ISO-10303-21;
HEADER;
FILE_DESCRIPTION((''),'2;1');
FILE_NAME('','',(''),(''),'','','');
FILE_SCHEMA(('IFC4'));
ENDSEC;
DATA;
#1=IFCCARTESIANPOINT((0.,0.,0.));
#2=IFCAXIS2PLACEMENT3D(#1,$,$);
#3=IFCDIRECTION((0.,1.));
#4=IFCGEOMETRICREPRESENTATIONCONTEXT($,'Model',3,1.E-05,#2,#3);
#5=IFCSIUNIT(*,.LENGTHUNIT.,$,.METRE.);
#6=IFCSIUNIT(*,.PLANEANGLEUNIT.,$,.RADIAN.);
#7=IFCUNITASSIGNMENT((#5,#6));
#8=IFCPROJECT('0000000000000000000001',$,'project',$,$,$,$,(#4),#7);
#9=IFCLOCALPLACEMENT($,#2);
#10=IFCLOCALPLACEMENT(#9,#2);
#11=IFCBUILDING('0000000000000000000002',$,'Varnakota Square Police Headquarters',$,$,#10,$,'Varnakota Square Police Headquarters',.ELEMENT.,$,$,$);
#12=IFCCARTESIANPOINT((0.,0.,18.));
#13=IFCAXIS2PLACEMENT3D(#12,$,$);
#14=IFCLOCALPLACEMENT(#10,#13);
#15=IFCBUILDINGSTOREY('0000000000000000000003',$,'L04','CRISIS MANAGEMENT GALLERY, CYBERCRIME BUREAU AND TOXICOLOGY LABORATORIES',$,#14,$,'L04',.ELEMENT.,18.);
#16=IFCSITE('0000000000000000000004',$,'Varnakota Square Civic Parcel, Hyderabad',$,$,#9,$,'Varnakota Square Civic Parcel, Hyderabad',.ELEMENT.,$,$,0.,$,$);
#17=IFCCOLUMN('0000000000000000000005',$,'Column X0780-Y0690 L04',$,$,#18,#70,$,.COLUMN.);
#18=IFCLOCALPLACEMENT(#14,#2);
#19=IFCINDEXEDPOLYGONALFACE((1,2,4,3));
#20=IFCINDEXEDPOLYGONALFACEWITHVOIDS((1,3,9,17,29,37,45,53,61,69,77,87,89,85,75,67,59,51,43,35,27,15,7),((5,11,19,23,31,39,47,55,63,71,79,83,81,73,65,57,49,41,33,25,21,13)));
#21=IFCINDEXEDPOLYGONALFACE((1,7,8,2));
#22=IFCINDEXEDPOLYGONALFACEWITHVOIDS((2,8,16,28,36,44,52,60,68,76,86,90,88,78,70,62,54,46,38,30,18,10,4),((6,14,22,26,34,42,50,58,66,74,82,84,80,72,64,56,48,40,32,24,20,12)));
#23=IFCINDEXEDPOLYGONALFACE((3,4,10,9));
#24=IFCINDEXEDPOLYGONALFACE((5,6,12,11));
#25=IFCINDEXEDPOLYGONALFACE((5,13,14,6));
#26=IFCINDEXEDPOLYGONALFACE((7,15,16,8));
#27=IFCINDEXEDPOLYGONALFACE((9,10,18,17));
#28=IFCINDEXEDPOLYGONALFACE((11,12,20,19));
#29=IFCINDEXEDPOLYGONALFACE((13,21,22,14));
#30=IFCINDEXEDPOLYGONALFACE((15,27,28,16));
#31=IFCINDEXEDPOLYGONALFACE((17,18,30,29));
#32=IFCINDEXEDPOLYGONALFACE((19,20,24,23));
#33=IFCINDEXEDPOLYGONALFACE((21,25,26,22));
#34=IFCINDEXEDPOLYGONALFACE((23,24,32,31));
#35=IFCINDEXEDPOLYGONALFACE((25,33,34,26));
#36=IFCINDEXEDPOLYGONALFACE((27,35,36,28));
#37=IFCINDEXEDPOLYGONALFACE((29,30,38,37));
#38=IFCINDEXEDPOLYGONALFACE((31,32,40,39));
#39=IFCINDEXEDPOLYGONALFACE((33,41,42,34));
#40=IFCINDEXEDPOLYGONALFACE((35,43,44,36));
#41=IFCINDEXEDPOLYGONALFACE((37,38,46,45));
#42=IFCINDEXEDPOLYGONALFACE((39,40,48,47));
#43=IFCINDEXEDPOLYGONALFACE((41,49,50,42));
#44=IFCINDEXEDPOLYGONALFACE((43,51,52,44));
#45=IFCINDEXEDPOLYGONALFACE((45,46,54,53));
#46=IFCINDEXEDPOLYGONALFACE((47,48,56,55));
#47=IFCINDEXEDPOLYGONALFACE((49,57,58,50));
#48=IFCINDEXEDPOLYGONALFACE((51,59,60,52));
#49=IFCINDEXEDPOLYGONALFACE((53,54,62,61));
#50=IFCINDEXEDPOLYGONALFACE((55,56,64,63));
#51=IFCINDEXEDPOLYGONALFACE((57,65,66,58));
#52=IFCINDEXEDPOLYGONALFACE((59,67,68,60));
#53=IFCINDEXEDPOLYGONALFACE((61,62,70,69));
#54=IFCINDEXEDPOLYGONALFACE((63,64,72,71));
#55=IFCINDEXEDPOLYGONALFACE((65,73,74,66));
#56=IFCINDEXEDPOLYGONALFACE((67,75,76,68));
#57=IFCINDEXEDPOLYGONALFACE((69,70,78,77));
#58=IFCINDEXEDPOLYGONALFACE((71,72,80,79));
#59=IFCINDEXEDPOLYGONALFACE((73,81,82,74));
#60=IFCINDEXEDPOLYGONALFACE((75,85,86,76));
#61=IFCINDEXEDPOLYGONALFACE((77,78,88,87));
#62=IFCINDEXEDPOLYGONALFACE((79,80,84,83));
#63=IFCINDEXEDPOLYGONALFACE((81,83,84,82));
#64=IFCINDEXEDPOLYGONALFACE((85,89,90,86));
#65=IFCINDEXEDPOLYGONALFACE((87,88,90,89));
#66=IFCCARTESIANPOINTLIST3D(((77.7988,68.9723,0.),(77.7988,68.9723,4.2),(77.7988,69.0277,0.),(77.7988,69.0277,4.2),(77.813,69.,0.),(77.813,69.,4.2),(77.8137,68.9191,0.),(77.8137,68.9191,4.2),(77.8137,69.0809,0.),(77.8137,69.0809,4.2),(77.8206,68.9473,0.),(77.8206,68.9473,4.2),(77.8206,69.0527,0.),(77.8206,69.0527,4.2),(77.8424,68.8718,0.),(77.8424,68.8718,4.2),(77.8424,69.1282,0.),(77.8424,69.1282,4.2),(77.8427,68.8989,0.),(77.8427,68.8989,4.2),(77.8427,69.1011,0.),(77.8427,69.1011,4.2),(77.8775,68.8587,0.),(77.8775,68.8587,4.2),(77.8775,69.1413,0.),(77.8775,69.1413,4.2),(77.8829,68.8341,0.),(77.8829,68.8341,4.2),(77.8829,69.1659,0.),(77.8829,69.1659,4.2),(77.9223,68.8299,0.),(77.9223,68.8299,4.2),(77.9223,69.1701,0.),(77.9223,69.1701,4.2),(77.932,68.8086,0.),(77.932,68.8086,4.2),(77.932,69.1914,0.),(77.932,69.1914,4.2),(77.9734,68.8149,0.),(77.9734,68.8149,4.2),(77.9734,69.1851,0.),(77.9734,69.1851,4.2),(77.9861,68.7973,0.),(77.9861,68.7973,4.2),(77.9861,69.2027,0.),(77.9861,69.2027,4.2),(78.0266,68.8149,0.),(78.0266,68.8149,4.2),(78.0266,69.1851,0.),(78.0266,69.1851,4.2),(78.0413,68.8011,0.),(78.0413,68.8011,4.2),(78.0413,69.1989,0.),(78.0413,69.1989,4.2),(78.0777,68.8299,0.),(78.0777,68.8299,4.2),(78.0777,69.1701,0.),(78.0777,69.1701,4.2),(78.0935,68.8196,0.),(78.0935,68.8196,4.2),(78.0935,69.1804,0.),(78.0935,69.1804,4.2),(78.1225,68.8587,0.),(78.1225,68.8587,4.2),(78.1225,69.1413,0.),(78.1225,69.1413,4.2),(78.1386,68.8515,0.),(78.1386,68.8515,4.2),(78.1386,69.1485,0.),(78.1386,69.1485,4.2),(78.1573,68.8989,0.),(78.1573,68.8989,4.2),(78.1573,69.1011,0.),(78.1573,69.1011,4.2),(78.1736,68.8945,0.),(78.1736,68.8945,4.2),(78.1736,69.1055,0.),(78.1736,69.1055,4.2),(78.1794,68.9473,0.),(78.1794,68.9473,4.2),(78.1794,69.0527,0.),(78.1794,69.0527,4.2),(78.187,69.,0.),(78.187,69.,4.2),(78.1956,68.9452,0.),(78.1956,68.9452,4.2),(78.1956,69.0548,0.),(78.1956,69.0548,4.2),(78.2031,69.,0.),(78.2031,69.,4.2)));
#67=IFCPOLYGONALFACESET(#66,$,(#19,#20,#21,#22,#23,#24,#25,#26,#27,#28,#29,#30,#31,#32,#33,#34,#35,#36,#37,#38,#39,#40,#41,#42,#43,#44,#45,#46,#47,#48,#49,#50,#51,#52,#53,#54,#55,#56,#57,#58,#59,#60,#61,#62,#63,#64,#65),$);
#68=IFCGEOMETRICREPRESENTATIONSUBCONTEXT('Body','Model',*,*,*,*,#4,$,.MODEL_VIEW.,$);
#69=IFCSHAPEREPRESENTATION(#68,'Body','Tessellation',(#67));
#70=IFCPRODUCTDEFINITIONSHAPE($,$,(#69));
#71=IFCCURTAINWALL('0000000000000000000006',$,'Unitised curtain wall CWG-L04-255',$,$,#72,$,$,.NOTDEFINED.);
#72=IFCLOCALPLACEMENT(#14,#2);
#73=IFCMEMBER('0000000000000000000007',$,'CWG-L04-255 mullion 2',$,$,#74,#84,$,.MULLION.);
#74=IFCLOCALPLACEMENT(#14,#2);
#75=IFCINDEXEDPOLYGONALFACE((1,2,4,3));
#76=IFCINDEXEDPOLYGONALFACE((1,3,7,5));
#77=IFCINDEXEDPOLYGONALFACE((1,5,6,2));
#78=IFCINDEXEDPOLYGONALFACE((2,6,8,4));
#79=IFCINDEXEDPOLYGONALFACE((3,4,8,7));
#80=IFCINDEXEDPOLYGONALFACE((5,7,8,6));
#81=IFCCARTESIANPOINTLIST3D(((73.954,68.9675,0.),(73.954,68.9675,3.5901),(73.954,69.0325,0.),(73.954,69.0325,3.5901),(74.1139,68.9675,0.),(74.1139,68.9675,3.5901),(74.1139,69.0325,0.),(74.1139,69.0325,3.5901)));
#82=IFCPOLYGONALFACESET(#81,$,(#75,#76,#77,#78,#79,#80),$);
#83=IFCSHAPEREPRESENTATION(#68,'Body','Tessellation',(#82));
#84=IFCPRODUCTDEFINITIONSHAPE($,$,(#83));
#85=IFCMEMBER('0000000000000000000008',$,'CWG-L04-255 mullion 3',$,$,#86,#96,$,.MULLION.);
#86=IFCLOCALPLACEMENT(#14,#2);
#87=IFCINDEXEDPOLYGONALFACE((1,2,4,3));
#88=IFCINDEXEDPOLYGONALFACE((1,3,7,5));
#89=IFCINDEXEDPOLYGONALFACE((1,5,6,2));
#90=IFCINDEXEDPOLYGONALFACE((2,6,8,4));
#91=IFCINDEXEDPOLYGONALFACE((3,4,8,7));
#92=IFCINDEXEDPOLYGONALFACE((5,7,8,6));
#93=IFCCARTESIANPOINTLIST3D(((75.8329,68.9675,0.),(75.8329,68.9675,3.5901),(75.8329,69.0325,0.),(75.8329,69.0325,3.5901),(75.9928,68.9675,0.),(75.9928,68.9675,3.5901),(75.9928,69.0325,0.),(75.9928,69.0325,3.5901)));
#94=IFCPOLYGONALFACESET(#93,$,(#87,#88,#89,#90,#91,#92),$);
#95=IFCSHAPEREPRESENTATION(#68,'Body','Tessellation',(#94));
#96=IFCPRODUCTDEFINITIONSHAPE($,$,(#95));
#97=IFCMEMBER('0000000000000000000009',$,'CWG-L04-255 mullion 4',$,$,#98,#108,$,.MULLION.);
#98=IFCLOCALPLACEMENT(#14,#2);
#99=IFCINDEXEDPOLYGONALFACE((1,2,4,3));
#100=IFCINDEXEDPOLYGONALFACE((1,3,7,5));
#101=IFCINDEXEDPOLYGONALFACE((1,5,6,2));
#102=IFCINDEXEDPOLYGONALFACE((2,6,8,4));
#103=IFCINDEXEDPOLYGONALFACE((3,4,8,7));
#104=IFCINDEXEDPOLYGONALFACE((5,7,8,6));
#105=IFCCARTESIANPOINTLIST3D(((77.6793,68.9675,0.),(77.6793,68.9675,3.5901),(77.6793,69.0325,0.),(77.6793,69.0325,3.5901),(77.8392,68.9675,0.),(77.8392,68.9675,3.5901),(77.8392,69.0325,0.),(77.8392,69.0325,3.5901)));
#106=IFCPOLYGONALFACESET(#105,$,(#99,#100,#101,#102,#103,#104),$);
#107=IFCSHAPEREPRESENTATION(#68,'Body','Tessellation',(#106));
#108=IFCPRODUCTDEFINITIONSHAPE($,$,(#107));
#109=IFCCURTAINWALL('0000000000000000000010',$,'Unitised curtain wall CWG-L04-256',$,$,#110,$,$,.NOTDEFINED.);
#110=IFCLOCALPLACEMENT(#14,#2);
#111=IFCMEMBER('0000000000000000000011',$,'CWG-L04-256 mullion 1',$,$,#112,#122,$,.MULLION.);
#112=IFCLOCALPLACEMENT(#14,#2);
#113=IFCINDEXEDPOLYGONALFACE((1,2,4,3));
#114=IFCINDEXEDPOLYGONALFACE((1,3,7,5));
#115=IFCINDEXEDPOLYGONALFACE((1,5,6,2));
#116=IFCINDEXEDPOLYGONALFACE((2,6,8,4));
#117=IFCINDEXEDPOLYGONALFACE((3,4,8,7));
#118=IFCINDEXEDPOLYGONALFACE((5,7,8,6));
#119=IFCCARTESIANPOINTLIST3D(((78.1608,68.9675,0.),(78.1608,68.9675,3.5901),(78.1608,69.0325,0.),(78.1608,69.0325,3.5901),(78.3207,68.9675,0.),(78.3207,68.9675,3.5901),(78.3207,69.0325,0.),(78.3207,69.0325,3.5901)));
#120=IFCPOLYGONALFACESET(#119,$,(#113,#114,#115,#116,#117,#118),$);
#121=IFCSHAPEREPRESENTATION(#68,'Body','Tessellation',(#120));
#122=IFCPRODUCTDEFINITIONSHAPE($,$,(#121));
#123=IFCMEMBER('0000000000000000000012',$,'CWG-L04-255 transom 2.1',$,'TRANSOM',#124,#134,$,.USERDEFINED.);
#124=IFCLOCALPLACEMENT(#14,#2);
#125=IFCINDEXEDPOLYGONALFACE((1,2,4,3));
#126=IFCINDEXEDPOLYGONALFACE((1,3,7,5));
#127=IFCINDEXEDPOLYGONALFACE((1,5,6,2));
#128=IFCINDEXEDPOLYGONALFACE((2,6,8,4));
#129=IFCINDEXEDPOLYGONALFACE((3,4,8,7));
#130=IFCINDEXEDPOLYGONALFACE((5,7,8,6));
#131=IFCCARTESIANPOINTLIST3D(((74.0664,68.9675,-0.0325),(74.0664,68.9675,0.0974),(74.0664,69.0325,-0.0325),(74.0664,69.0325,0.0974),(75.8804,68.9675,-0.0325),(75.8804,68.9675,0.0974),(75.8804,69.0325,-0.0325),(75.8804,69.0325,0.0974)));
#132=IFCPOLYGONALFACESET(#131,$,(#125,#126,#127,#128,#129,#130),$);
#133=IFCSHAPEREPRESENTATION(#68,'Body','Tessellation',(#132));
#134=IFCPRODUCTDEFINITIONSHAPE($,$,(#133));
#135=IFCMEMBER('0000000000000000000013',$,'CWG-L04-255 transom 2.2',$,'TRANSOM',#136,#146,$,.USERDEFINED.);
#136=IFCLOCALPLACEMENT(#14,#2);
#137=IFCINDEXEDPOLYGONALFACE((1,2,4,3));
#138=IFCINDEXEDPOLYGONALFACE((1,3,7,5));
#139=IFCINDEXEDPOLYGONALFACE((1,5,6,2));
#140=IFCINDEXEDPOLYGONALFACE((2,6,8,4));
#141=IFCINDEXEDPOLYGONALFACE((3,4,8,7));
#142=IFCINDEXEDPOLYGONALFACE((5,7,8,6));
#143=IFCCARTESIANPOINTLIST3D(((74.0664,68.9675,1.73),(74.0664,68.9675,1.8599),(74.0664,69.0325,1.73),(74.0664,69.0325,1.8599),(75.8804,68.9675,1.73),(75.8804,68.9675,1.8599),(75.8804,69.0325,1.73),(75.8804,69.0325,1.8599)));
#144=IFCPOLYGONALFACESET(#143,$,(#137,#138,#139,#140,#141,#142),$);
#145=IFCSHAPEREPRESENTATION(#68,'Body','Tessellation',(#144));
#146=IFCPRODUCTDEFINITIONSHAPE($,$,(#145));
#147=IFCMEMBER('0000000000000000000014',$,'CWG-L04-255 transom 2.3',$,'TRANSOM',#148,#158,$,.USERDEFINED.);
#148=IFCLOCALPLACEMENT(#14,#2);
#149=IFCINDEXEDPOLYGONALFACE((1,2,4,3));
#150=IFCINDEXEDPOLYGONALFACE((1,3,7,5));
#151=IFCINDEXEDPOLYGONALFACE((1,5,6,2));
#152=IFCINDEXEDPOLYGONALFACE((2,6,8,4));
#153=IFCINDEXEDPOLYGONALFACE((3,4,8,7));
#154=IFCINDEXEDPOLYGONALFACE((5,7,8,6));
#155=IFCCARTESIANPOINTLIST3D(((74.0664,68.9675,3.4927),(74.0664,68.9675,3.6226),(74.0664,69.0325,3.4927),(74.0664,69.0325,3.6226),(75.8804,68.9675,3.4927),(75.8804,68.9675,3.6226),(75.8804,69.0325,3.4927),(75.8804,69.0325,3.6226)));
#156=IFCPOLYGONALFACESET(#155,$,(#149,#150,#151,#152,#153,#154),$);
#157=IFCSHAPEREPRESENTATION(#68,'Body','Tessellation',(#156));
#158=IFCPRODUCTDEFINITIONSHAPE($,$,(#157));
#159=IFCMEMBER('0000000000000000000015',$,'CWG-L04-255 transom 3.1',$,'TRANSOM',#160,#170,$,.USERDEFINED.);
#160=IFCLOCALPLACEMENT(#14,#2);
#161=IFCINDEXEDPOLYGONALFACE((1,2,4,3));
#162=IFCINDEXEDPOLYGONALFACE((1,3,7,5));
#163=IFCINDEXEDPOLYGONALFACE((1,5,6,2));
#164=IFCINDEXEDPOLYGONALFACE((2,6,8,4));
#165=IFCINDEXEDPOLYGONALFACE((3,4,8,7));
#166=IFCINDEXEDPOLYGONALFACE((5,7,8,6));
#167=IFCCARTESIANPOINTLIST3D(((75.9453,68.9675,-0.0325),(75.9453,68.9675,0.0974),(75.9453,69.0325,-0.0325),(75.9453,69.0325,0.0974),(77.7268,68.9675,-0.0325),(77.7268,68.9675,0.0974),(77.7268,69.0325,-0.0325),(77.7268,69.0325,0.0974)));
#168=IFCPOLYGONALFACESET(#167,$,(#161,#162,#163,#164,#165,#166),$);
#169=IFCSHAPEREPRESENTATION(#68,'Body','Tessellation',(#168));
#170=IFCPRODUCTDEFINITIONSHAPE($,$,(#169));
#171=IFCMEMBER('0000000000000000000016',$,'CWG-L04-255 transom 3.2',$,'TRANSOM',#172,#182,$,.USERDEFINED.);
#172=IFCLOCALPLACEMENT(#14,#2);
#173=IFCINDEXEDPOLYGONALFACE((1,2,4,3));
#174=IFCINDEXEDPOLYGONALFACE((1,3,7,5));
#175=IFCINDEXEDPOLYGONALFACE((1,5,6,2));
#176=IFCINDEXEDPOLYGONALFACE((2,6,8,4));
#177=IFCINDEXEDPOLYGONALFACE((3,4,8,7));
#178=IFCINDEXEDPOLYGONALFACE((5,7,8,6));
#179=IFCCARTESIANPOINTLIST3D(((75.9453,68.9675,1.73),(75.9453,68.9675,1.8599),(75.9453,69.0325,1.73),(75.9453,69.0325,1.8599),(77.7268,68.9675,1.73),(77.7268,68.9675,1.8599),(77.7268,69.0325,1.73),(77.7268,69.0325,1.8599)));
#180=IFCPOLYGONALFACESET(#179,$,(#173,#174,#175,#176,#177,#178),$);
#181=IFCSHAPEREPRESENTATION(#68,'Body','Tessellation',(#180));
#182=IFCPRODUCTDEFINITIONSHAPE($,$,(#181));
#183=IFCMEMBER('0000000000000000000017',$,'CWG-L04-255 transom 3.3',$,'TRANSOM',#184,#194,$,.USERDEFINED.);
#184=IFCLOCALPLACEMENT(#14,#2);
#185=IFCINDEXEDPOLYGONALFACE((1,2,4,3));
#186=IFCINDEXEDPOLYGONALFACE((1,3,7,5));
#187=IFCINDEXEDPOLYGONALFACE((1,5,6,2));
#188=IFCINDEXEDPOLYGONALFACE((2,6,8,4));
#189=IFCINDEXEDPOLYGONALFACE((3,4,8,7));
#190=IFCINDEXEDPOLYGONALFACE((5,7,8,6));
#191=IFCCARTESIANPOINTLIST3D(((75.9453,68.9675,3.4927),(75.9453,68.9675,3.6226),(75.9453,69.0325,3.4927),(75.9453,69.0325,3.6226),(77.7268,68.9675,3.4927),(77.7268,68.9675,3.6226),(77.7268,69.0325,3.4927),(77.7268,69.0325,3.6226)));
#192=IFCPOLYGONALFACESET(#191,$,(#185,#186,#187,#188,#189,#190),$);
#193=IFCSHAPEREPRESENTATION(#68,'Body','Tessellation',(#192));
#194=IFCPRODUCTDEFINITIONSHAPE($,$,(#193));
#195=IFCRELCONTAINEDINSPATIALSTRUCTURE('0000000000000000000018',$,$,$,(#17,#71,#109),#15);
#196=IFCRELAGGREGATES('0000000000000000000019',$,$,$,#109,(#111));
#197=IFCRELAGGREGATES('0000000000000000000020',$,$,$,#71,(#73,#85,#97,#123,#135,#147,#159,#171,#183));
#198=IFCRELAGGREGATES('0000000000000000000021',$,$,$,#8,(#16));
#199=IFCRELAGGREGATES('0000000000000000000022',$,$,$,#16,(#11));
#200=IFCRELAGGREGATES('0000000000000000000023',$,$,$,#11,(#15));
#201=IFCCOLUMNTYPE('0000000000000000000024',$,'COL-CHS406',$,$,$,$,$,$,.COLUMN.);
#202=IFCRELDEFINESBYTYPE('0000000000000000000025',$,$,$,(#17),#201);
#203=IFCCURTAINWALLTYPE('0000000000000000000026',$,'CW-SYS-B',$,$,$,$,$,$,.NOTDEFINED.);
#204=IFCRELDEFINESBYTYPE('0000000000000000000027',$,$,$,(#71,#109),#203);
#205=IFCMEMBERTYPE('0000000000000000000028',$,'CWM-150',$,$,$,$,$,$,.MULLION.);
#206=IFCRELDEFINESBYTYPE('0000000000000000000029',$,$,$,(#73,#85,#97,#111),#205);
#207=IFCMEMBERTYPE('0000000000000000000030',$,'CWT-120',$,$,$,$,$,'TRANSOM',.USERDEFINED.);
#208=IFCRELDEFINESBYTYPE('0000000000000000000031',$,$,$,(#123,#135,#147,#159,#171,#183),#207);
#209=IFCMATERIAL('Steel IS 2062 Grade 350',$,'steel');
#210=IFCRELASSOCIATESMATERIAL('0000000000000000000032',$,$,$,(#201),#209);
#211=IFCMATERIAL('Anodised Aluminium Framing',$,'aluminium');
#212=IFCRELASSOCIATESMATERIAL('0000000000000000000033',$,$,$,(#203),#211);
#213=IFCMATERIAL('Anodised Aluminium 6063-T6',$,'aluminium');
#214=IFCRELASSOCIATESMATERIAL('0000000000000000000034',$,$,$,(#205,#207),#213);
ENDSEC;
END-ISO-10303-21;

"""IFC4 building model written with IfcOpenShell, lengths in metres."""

from ifc_helpers import new_model, si_unit, direction, frame, origin, origin_2d, place, context, subcontext, project, spatial, rectangle, hollow_circle, extrude, material, material_profile, profile_set, type_object, element, aggregate, save


model = new_model("IFC4")

# Units and contexts
model_context = context("Model", 3, precision=1e-05, world=origin(), true_north=direction((0.0, 1.0)))
body_context = subcontext(model_context, "Body", "Model", "MODEL_VIEW")
ifc_project = project(units=[si_unit("LENGTHUNIT", "METRE"), si_unit("PLANEANGLEUNIT", "RADIAN")], contexts=[model_context])

# Site, building, storey
site_placement = place(None, origin())
site = spatial("IfcSite", under=ifc_project, at=site_placement, Name="Varnakota Square Civic Parcel, Hyderabad", LongName="Varnakota Square Civic Parcel, Hyderabad", CompositionType="ELEMENT", RefElevation=0.0)
building_placement = place(site_placement, origin())
building = spatial("IfcBuilding", under=site, at=building_placement, Name="Varnakota Square Police Headquarters", LongName="Varnakota Square Police Headquarters", CompositionType="ELEMENT")
storey_placement = place(building_placement, frame((0.0, 0.0, 18.0)))
storey = spatial("IfcBuildingStorey", under=building, at=storey_placement, Name="L04", Description="CRISIS MANAGEMENT GALLERY, CYBERCRIME BUREAU AND TOXICOLOGY LABORATORIES", LongName="L04", CompositionType="ELEMENT", Elevation=18.0)

# Column
ifc_material_1 = material(Name="Steel IS 2062 Grade 350", Category="steel")
ifc_material_profile_1 = material_profile(ifc_material_1, hollow_circle(Radius=0.2031, WallThickness=0.0161, at=origin_2d()), Name="CHS 406.4x16.0")
ifc_profile_set_1 = profile_set([ifc_material_profile_1], Name="Steel IS 2062 Grade 350")
column_type = type_object("IfcColumnType", Name="COL-CHS406", PredefinedType="COLUMN", material=ifc_profile_set_1)
column_placement = place(storey_placement, frame((78.0, 69.0, 0.0), z_axis=(0.0, 0.0, 1.0), x_axis=(1.0, 0.0, 0.0)))
element("IfcColumn", 1, at=column_placement, inside=storey, type_object=column_type, Name="Column X0780-Y0690 L04", PredefinedType="COLUMN", context=body_context, shape_type="SweptSolid", body=[
    extrude(hollow_circle(Radius=0.2031, WallThickness=0.0161, at=origin_2d()), origin(), (0.0, 0.0, 1.0), 4.2),
])

# Curtain wall, members
ifc_material_2 = material(Name="Anodised Aluminium Framing", Category="aluminium")
curtain_wall_type = type_object("IfcCurtainWallType", Name="CW-SYS-B", PredefinedType="NOTDEFINED", material=ifc_material_2)
curtain_wall_1_placement = place(storey_placement, origin())
curtain_wall_1 = element("IfcCurtainWall", 2, at=curtain_wall_1_placement, inside=storey, type_object=curtain_wall_type, Name="Unitised curtain wall CWG-L04-255", PredefinedType="NOTDEFINED")
ifc_material_3 = material(Name="Anodised Aluminium 6063-T6", Category="aluminium")
ifc_material_profile_2 = material_profile(ifc_material_3, rectangle(XDim=0.0649, YDim=0.1599, at=origin_2d()), Name="ALU MULLION 65x160")
ifc_profile_set_2 = profile_set([ifc_material_profile_2], Name="Anodised Aluminium 6063-T6")
member_type_1 = type_object("IfcMemberType", Name="CWM-150", PredefinedType="MULLION", material=ifc_profile_set_2)
member_1_placement = place(storey_placement, frame((74.0339, 69.0, 0.0), z_axis=(0.0, 0.0, 1.0), x_axis=(0.0, 1.0, 0.0)))
member_1 = element("IfcMember", 3, at=member_1_placement, type_object=member_type_1, Name="CWG-L04-255 mullion 2", PredefinedType="MULLION", context=body_context, shape_type="SweptSolid", body=[
    extrude(rectangle(XDim=0.0649, YDim=0.1599, at=origin_2d()), origin(), (0.0, 0.0, 1.0), 3.5901),
])
member_2_placement = place(storey_placement, frame((75.9128, 69.0, 0.0), z_axis=(0.0, 0.0, 1.0), x_axis=(0.0, 1.0, 0.0)))
member_2 = element("IfcMember", 4, at=member_2_placement, type_object=member_type_1, Name="CWG-L04-255 mullion 3", PredefinedType="MULLION", context=body_context, shape_type="SweptSolid", body=[
    extrude(rectangle(XDim=0.0649, YDim=0.1599, at=origin_2d()), origin(), (0.0, 0.0, 1.0), 3.5901),
])
member_3_placement = place(storey_placement, frame((77.7593, 69.0, 0.0), z_axis=(0.0, 0.0, 1.0), x_axis=(0.0, 1.0, 0.0)))
member_3 = element("IfcMember", 5, at=member_3_placement, type_object=member_type_1, Name="CWG-L04-255 mullion 4", PredefinedType="MULLION", context=body_context, shape_type="SweptSolid", body=[
    extrude(rectangle(XDim=0.0649, YDim=0.1599, at=origin_2d()), origin(), (0.0, 0.0, 1.0), 3.5901),
])

# Curtain wall, member
curtain_wall_2_placement = place(storey_placement, origin())
curtain_wall_2 = element("IfcCurtainWall", 6, at=curtain_wall_2_placement, inside=storey, type_object=curtain_wall_type, Name="Unitised curtain wall CWG-L04-256", PredefinedType="NOTDEFINED")
member_4_placement = place(storey_placement, frame((78.2407, 69.0, 0.0), z_axis=(0.0, 0.0, 1.0), x_axis=(0.0, 1.0, 0.0)))
member_4 = element("IfcMember", 7, at=member_4_placement, type_object=member_type_1, Name="CWG-L04-256 mullion 1", PredefinedType="MULLION", context=body_context, shape_type="SweptSolid", body=[
    extrude(rectangle(XDim=0.0649, YDim=0.1599, at=origin_2d()), origin(), (0.0, 0.0, 1.0), 3.5901),
])

# Members
ifc_material_profile_3 = material_profile(ifc_material_3, rectangle(XDim=0.0649, YDim=0.1299, at=origin_2d()), Name="ALU TRANSOM 65x130")
ifc_profile_set_3 = profile_set([ifc_material_profile_3], Name="Anodised Aluminium 6063-T6")
member_type_2 = type_object("IfcMemberType", Name="CWT-120", ElementType="TRANSOM", PredefinedType="USERDEFINED", material=ifc_profile_set_3)
member_5_placement = place(storey_placement, frame((74.0664, 69.0, 0.0325), z_axis=(1.0, 0.0, 0.0), x_axis=(0.0, 1.0, 0.0)))
member_5 = element("IfcMember", 8, at=member_5_placement, type_object=member_type_2, Name="CWG-L04-255 transom 2.1", ObjectType="TRANSOM", PredefinedType="USERDEFINED", context=body_context, shape_type="SweptSolid", body=[
    extrude(rectangle(XDim=0.0649, YDim=0.1299, at=origin_2d()), origin(), (0.0, 0.0, 1.0), 1.814),
])
member_6_placement = place(storey_placement, frame((74.0664, 69.0, 1.7949), z_axis=(1.0, 0.0, 0.0), x_axis=(0.0, 1.0, 0.0)))
member_6 = element("IfcMember", 9, at=member_6_placement, type_object=member_type_2, Name="CWG-L04-255 transom 2.2", ObjectType="TRANSOM", PredefinedType="USERDEFINED", context=body_context, shape_type="SweptSolid", body=[
    extrude(rectangle(XDim=0.0649, YDim=0.1299, at=origin_2d()), origin(), (0.0, 0.0, 1.0), 1.814),
])
member_7_placement = place(storey_placement, frame((74.0664, 69.0, 3.5576), z_axis=(1.0, 0.0, 0.0), x_axis=(0.0, 1.0, 0.0)))
member_7 = element("IfcMember", 10, at=member_7_placement, type_object=member_type_2, Name="CWG-L04-255 transom 2.3", ObjectType="TRANSOM", PredefinedType="USERDEFINED", context=body_context, shape_type="SweptSolid", body=[
    extrude(rectangle(XDim=0.0649, YDim=0.1299, at=origin_2d()), origin(), (0.0, 0.0, 1.0), 1.814),
])
member_8_placement = place(storey_placement, frame((75.9453, 69.0, 0.0325), z_axis=(1.0, 0.0, 0.0), x_axis=(0.0, 1.0, 0.0)))
member_8 = element("IfcMember", 11, at=member_8_placement, type_object=member_type_2, Name="CWG-L04-255 transom 3.1", ObjectType="TRANSOM", PredefinedType="USERDEFINED", context=body_context, shape_type="SweptSolid", body=[
    extrude(rectangle(XDim=0.0649, YDim=0.1299, at=origin_2d()), origin(), (0.0, 0.0, 1.0), 1.7815),
])
member_9_placement = place(storey_placement, frame((75.9453, 69.0, 1.7949), z_axis=(1.0, 0.0, 0.0), x_axis=(0.0, 1.0, 0.0)))
member_9 = element("IfcMember", 12, at=member_9_placement, type_object=member_type_2, Name="CWG-L04-255 transom 3.2", ObjectType="TRANSOM", PredefinedType="USERDEFINED", context=body_context, shape_type="SweptSolid", body=[
    extrude(rectangle(XDim=0.0649, YDim=0.1299, at=origin_2d()), origin(), (0.0, 0.0, 1.0), 1.7815),
])
member_10_placement = place(storey_placement, frame((75.9453, 69.0, 3.5576), z_axis=(1.0, 0.0, 0.0), x_axis=(0.0, 1.0, 0.0)))
member_10 = element("IfcMember", 13, at=member_10_placement, type_object=member_type_2, Name="CWG-L04-255 transom 3.3", ObjectType="TRANSOM", PredefinedType="USERDEFINED", context=body_context, shape_type="SweptSolid", body=[
    extrude(rectangle(XDim=0.0649, YDim=0.1299, at=origin_2d()), origin(), (0.0, 0.0, 1.0), 1.7815),
])

aggregate(curtain_wall_2, [member_4])
aggregate(curtain_wall_1, [member_1, member_2, member_3, member_5, member_6, member_7, member_8, member_9, member_10])

save(model, "model.ifc")
